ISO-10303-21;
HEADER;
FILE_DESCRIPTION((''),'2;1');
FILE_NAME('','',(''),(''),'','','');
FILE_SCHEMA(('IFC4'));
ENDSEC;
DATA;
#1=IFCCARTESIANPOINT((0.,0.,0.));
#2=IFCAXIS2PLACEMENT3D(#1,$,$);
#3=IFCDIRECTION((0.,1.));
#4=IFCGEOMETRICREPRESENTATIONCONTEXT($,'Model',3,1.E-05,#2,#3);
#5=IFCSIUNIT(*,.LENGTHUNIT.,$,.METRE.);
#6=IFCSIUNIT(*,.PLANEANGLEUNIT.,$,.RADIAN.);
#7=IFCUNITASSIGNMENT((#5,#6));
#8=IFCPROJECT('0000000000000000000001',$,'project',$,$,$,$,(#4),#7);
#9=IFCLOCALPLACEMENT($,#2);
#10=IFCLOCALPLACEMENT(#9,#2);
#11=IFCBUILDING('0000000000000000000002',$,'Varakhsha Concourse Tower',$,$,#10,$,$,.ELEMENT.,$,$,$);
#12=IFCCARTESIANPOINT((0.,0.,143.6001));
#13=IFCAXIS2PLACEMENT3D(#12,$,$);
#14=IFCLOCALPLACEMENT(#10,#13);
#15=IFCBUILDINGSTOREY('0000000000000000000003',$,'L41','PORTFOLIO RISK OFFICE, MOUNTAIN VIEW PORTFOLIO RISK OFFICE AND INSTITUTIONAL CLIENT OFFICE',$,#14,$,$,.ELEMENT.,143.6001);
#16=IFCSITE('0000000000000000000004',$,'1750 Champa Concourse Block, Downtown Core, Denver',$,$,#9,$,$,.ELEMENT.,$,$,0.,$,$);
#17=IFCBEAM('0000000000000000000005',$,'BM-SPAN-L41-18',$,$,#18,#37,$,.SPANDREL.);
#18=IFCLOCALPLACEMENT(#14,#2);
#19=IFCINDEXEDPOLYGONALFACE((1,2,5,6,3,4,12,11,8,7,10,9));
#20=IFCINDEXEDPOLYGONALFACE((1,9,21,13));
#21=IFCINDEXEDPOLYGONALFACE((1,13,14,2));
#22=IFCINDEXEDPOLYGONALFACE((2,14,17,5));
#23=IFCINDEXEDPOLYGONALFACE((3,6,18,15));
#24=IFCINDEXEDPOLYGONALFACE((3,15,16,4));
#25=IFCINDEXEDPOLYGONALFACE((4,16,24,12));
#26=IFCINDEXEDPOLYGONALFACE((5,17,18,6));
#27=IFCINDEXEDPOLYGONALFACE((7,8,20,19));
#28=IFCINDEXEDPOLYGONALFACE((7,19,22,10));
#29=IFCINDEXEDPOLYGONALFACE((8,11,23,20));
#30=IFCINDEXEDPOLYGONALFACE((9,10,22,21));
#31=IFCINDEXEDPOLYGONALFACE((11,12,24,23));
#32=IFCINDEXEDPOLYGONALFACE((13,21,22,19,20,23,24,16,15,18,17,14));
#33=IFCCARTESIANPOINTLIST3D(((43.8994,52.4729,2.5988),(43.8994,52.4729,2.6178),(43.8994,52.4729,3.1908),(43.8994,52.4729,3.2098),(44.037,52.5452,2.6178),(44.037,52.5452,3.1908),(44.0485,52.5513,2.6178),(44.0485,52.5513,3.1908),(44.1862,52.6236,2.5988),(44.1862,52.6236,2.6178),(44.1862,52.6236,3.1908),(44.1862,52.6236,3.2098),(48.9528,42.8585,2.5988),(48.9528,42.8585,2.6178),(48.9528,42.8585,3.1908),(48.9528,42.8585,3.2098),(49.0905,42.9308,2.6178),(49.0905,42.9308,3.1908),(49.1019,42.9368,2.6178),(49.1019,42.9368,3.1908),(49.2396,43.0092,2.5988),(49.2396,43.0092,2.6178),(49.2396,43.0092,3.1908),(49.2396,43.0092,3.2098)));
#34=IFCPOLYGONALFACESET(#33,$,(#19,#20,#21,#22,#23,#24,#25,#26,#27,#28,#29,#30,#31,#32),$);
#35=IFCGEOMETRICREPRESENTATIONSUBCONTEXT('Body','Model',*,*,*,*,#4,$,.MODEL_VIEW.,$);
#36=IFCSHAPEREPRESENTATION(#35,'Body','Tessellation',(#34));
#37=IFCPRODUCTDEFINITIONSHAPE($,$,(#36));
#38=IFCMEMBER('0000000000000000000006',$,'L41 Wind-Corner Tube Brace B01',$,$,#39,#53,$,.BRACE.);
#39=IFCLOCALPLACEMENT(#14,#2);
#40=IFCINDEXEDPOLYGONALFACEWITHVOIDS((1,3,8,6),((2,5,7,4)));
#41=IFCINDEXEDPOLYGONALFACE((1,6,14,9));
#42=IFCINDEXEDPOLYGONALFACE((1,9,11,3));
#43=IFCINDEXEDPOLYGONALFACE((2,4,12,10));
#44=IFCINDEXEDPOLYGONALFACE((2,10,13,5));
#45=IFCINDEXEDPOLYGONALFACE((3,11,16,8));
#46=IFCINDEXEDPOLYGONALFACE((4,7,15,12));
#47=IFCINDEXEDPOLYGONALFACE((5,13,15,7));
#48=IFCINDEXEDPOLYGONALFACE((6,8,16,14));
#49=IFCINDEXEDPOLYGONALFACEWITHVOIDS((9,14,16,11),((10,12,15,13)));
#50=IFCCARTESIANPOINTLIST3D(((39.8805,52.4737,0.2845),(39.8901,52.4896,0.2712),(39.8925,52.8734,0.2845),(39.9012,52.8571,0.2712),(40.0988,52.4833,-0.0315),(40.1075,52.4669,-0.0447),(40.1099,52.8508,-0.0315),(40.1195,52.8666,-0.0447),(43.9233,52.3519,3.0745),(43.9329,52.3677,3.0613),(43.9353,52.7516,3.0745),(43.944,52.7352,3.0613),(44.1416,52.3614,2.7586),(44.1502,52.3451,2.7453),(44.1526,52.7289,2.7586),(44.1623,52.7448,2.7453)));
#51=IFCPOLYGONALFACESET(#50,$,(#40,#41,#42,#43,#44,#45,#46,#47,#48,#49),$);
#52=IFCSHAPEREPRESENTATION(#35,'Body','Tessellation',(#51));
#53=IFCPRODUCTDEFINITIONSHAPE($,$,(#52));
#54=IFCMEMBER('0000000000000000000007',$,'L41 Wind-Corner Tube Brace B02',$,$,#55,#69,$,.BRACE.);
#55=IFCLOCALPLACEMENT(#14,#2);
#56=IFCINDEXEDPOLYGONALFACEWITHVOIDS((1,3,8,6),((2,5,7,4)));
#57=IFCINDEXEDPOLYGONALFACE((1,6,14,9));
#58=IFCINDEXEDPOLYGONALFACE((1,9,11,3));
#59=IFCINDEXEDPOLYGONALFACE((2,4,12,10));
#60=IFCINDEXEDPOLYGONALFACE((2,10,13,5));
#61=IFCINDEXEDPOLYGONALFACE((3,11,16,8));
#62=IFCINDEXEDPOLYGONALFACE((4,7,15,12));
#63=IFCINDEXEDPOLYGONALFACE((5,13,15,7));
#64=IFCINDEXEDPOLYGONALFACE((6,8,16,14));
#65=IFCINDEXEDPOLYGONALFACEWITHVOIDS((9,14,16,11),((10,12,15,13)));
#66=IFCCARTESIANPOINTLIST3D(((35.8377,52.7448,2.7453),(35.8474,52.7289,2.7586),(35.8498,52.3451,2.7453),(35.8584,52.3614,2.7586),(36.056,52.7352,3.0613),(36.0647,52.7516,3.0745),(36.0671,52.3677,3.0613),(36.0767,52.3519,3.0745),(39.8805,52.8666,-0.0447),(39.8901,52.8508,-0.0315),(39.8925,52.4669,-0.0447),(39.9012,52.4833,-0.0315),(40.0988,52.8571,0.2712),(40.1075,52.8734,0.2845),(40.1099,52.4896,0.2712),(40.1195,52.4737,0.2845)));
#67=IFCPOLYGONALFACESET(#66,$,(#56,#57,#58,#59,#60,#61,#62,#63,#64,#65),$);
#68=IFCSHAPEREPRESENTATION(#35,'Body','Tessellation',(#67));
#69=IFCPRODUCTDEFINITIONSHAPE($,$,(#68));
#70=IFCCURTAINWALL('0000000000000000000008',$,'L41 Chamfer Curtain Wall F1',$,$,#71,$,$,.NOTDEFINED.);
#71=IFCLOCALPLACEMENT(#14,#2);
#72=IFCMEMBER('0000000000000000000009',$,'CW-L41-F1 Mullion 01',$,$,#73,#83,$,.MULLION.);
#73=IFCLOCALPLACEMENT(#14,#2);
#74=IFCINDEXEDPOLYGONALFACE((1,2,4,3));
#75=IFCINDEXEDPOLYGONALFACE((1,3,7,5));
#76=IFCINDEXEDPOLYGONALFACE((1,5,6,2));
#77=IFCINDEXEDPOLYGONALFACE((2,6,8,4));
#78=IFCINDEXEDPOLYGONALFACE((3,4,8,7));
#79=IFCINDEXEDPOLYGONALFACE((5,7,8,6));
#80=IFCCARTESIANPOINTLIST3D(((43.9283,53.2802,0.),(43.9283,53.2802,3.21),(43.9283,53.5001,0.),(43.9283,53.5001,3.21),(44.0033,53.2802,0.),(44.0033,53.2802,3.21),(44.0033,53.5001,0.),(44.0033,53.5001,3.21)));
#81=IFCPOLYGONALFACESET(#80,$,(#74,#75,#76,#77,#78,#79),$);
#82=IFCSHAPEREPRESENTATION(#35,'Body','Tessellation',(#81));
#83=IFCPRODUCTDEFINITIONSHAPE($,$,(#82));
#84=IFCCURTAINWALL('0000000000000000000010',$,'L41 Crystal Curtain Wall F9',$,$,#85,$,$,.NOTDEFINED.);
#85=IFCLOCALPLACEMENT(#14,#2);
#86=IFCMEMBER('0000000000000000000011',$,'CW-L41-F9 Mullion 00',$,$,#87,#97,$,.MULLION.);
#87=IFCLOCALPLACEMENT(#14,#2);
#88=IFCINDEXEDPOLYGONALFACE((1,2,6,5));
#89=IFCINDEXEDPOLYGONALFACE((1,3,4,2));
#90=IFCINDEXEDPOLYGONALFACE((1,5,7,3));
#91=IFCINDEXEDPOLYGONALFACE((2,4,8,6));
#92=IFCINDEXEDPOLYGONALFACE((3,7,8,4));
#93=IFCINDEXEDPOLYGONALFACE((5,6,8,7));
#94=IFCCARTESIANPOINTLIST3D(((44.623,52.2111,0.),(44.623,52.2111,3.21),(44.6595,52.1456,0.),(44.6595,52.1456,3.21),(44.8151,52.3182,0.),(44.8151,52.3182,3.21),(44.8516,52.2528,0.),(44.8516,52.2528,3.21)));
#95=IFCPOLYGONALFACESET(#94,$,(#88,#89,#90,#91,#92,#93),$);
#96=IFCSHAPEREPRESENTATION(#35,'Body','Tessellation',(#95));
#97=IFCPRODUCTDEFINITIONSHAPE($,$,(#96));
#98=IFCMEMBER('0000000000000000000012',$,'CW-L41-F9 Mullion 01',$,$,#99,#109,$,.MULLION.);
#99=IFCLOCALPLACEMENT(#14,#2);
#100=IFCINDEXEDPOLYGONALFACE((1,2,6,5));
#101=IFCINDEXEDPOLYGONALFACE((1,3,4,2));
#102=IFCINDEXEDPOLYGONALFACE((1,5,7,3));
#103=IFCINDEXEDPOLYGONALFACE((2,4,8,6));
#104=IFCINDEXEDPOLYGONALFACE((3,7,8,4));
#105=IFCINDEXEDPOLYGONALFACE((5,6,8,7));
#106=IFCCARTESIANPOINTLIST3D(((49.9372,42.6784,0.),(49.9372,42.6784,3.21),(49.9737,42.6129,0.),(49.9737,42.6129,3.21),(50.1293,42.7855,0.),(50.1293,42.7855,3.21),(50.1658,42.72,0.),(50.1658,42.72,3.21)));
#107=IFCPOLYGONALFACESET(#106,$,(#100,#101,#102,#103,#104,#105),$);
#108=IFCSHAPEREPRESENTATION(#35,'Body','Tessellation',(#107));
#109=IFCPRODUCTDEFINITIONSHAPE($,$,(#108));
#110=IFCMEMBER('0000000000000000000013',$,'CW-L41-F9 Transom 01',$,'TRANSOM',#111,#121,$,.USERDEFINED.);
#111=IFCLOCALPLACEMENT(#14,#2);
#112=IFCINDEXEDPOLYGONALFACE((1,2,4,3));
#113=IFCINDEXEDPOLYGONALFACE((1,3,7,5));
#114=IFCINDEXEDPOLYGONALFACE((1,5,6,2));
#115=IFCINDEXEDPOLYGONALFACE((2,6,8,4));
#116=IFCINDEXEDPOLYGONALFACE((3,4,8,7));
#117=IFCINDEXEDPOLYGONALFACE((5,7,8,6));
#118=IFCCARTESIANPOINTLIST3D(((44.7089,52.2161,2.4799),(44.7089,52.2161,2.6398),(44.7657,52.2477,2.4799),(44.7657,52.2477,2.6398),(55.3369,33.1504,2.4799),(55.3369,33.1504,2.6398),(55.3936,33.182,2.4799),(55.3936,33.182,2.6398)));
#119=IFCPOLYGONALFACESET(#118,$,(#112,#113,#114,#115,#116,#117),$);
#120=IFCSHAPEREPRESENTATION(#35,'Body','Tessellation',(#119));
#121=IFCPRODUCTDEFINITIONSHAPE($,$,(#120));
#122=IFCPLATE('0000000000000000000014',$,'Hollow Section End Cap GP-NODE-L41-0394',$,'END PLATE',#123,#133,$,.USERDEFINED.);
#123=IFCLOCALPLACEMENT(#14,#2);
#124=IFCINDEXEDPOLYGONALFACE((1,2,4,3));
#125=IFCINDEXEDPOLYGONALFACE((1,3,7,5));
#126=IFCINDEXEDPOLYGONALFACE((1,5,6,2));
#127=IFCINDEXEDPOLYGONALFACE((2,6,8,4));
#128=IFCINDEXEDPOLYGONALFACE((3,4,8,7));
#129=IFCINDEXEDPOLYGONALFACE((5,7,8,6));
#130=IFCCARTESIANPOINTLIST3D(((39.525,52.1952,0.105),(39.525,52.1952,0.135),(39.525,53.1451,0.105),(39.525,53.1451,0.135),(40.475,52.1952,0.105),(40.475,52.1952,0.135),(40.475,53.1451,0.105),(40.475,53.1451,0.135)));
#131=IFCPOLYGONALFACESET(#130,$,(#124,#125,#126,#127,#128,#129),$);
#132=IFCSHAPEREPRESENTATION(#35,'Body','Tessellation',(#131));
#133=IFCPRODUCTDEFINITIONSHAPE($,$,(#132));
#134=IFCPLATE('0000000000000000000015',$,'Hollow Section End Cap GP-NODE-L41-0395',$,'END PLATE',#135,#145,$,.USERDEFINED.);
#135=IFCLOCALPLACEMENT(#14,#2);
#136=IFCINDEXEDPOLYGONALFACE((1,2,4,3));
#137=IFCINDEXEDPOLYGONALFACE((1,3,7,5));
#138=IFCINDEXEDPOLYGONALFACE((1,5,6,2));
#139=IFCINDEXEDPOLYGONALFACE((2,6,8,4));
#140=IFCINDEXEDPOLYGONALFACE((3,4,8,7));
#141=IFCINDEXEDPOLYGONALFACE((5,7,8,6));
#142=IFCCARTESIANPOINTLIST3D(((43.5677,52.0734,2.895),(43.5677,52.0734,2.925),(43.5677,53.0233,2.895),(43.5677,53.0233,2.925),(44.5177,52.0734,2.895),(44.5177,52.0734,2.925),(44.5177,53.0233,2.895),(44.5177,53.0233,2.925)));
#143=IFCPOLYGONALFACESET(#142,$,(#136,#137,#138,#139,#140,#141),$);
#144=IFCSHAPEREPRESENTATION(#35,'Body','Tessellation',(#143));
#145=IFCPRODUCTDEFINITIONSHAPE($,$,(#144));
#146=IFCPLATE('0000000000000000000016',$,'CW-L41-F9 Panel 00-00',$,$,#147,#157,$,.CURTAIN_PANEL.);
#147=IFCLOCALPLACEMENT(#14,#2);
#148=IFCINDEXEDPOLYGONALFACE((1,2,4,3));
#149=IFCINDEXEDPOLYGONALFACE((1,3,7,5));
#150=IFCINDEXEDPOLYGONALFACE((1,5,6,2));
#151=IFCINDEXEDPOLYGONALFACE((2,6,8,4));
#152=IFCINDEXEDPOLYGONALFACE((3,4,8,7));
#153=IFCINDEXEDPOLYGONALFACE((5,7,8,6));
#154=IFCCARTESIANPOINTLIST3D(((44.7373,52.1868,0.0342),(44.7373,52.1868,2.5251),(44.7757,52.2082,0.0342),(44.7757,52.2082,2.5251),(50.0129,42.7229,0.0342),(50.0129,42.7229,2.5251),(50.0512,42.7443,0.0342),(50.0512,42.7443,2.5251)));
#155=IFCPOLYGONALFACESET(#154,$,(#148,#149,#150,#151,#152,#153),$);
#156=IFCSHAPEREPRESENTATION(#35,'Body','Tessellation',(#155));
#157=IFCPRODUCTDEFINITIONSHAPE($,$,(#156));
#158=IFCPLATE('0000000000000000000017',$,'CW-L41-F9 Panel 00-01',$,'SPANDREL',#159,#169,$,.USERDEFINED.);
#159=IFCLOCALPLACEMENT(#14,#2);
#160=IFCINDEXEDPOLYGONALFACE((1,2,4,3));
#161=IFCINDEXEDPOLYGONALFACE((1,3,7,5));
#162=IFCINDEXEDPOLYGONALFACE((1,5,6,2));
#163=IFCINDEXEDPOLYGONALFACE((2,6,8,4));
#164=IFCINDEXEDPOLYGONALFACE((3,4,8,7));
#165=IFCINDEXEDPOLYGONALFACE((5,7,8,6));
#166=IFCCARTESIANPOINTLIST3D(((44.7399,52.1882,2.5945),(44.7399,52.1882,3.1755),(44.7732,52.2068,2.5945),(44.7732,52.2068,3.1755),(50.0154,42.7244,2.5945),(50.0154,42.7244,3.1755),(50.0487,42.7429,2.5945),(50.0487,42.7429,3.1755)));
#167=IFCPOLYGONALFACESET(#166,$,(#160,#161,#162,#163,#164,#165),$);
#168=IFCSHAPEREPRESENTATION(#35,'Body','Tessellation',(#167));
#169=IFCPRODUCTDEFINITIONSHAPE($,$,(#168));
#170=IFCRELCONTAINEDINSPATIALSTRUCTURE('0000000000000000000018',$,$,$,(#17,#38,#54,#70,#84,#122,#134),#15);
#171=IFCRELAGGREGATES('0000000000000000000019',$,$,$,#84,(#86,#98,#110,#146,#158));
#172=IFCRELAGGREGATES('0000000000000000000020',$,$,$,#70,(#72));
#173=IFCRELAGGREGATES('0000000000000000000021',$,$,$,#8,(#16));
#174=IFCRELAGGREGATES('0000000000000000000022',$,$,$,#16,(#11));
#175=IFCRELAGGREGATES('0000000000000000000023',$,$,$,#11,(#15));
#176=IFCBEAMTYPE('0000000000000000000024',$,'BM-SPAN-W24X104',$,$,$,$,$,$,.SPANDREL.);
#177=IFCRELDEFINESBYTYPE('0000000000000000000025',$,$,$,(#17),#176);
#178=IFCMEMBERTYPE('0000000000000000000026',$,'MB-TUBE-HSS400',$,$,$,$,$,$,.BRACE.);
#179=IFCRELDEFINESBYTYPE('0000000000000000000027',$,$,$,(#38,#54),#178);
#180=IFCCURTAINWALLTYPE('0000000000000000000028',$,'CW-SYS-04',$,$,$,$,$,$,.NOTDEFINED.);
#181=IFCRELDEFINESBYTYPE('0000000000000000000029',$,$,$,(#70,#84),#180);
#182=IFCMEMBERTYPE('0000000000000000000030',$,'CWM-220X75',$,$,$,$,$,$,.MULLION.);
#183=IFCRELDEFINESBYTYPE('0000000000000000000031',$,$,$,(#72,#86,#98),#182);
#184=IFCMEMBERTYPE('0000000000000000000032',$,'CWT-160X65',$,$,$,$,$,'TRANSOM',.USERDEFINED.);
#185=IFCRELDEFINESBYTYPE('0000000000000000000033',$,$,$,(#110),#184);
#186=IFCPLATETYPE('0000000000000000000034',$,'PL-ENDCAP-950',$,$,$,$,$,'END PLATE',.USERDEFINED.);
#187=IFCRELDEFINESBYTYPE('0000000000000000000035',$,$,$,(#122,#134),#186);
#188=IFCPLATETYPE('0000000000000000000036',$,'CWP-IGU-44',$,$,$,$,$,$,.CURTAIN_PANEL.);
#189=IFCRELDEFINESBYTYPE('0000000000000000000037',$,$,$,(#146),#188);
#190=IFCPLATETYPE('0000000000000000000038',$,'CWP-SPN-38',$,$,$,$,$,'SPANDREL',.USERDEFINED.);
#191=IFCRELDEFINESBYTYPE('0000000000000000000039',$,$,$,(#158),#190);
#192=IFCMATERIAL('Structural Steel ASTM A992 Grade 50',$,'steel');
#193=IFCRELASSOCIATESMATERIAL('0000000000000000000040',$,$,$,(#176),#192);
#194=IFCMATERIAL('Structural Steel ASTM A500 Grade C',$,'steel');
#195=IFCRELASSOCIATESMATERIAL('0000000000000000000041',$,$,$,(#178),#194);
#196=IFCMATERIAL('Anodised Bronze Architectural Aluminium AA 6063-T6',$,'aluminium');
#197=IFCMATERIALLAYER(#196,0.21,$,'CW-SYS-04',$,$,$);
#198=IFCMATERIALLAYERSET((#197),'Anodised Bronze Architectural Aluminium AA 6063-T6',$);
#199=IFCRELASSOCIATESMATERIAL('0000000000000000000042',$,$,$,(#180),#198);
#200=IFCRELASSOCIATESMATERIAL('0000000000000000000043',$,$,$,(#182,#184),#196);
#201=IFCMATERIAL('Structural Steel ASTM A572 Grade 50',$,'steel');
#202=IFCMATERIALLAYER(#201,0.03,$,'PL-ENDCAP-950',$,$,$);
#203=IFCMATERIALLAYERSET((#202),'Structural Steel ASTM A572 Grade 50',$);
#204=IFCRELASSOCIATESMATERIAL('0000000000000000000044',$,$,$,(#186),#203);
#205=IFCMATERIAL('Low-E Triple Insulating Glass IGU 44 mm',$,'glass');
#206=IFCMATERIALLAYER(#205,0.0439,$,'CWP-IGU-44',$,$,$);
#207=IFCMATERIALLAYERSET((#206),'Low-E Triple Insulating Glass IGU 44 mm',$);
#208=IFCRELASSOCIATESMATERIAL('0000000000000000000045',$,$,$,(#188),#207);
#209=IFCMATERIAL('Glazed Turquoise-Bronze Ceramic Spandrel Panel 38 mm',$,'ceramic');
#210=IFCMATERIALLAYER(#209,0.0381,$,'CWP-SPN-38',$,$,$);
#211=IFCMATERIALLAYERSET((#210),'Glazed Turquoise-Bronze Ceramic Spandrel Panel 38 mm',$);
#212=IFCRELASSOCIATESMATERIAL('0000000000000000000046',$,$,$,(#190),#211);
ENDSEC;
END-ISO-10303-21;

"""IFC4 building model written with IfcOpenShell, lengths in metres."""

from ifc_helpers import new_model, si_unit, direction, frame, origin, origin_2d, place, context, subcontext, project, spatial, rectangle, hollow_rectangle, i_section, extrude, source, transform, mapped, material, layer, layer_set, material_profile, profile_set, type_object, type_shapes, element, aggregate, save


model = new_model("IFC4")

# Units and contexts
model_context = context("Model", 3, precision=1e-05, world=origin(), true_north=direction((0.0, 1.0)))
body_context = subcontext(model_context, "Body", "Model", "MODEL_VIEW")
ifc_project = project(units=[si_unit("LENGTHUNIT", "METRE"), si_unit("PLANEANGLEUNIT", "RADIAN")], contexts=[model_context])

# Site, building, storey
site_placement = place(None, origin())
site = spatial("IfcSite", under=ifc_project, at=site_placement, Name="1750 Champa Concourse Block, Downtown Core, Denver", CompositionType="ELEMENT", RefElevation=0.0)
building_placement = place(site_placement, origin())
building = spatial("IfcBuilding", under=site, at=building_placement, Name="Varakhsha Concourse Tower", CompositionType="ELEMENT")
storey_placement = place(building_placement, frame((0.0, 0.0, 143.6001)))
storey = spatial("IfcBuildingStorey", under=building, at=storey_placement, Name="L41", Description="PORTFOLIO RISK OFFICE, MOUNTAIN VIEW PORTFOLIO RISK OFFICE AND INSTITUTIONAL CLIENT OFFICE", CompositionType="ELEMENT", Elevation=143.6001)

# Shared definitions
ifc_material_1 = material(Name="Structural Steel ASTM A992 Grade 50", Category="steel")
ifc_material_2 = material(Name="Structural Steel ASTM A572 Grade 50", Category="steel")

# Beam
ifc_material_profile_1 = material_profile(ifc_material_1, i_section(OverallWidth=0.324, OverallDepth=0.6111, WebThickness=0.0129, FlangeThickness=0.019, at=origin_2d()), Name="W24X104")
ifc_profile_set_1 = profile_set([ifc_material_profile_1], Name="Structural Steel ASTM A992 Grade 50")
beam_type_1 = type_object("IfcBeamType", Name="BM-SPAN-W24X104", PredefinedType="SPANDREL", material=ifc_profile_set_1)
beam_1_placement = place(storey_placement, frame((49.0962, 42.9338, 2.9043), z_axis=(-0.465256, 0.885176, 0.0), x_axis=(-0.885176, -0.465256, 0.0)))
element("IfcBeam", 1, at=beam_1_placement, inside=storey, type_object=beam_type_1, Name="BM-SPAN-L41-18", PredefinedType="SPANDREL", context=body_context, shape_type="SweptSolid", body=[
    extrude(i_section(OverallWidth=0.324, OverallDepth=0.6111, WebThickness=0.0129, FlangeThickness=0.019, at=origin_2d()), origin(), (0.0, 0.0, 1.0), 10.8616),
])

# Members
ifc_material_3 = material(Name="Structural Steel ASTM A500 Grade C", Category="steel")
ifc_material_profile_2 = material_profile(ifc_material_3, hollow_rectangle(XDim=0.3999, YDim=0.3999, WallThickness=0.0161, at=origin_2d()), Name="HSS 400x400x16")
ifc_profile_set_2 = profile_set([ifc_material_profile_2], Name="Structural Steel ASTM A500 Grade C")
member_type_1 = type_object("IfcMemberType", Name="MB-TUBE-HSS400", PredefinedType="BRACE", material=ifc_profile_set_2)
shared_shape_1 = source(origin(), body_context, "Body", "SweptSolid", [
    extrude(hollow_rectangle(XDim=0.3999, YDim=0.3999, WallThickness=0.0161, at=origin_2d()), origin(), (0.0, 0.0, 1.0), 4.9136),
])
type_shapes(member_type_1, [shared_shape_1])
for number, where, z_axis, x_axis, name in (
    (2, (40.0, 52.6702, 0.1199), (0.822774, -0.024794, 0.567828), (0.030121, 0.999546, 0.0), "L41 Wind-Corner Tube Brace B01"),
    (3, (40.0, 52.6702, 0.1199), (-0.822774, -0.024794, 0.567828), (0.030121, -0.999546, 0.0), "L41 Wind-Corner Tube Brace B02"),
):
    element("IfcMember", number, at=place(storey_placement, frame(where, z_axis=z_axis, x_axis=x_axis)), inside=storey, type_object=member_type_1, Name=name, PredefinedType="BRACE", context=body_context, shape_type="MappedRepresentation", body=[
        mapped(shared_shape_1, transform((0.0, 0.0, 0.0), scale=1.0)),
    ])

# Curtain wall, member
ifc_material_4 = material(Name="Anodised Bronze Architectural Aluminium AA 6063-T6", Category="aluminium")
ifc_layer_1 = layer(ifc_material_4, 0.21, Name="CW-SYS-04")
ifc_layer_set_1 = layer_set([ifc_layer_1], Name="Anodised Bronze Architectural Aluminium AA 6063-T6")
curtain_wall_type = type_object("IfcCurtainWallType", Name="CW-SYS-04", PredefinedType="NOTDEFINED", material=ifc_layer_set_1)
curtain_wall_1_placement = place(storey_placement, origin())
curtain_wall_1 = element("IfcCurtainWall", 4, at=curtain_wall_1_placement, inside=storey, type_object=curtain_wall_type, Name="L41 Chamfer Curtain Wall F1", PredefinedType="NOTDEFINED")
ifc_material_profile_3 = material_profile(ifc_material_4, rectangle(XDim=0.075, YDim=0.22, at=origin_2d()), Name="CWM-220X75")
ifc_profile_set_3 = profile_set([ifc_material_profile_3], Name="Anodised Bronze Architectural Aluminium AA 6063-T6")
member_type_2 = type_object("IfcMemberType", Name="CWM-220X75", PredefinedType="MULLION", material=ifc_profile_set_3)
shared_shape_2 = source(origin(), body_context, "Body", "SweptSolid", [
    extrude(rectangle(XDim=0.075, YDim=0.22, at=origin_2d()), origin(), (0.0, 0.0, 1.0), 3.21),
])
type_shapes(member_type_2, [shared_shape_2])
member_1_placement = place(storey_placement, frame((43.9658, 53.3901, 0.0), z_axis=(0.0, 0.0, 1.0), x_axis=(1.0, 0.0, 0.0)))
member_1 = element("IfcMember", 5, at=member_1_placement, type_object=member_type_2, Name="CW-L41-F1 Mullion 01", PredefinedType="MULLION", context=body_context, shape_type="MappedRepresentation", body=[
    mapped(shared_shape_2, transform((0.0, 0.0, 0.0), scale=1.0)),
])

# Curtain wall, members
curtain_wall_2_placement = place(storey_placement, origin())
curtain_wall_2 = element("IfcCurtainWall", 6, at=curtain_wall_2_placement, inside=storey, type_object=curtain_wall_type, Name="L41 Crystal Curtain Wall F9", PredefinedType="NOTDEFINED")
member_2_placement = place(storey_placement, frame((44.7373, 52.2319, 0.0), z_axis=(0.0, 0.0, 1.0), x_axis=(0.4869, -0.873458, 0.0)))
member_2 = element("IfcMember", 7, at=member_2_placement, type_object=member_type_2, Name="CW-L41-F9 Mullion 00", PredefinedType="MULLION", context=body_context, shape_type="MappedRepresentation", body=[
    mapped(shared_shape_2, transform((0.0, 0.0, 0.0), scale=1.0)),
])
member_3_placement = place(storey_placement, frame((50.0515, 42.6992, 0.0), z_axis=(0.0, 0.0, 1.0), x_axis=(0.4869, -0.873458, 0.0)))
member_3 = element("IfcMember", 8, at=member_3_placement, type_object=member_type_2, Name="CW-L41-F9 Mullion 01", PredefinedType="MULLION", context=body_context, shape_type="MappedRepresentation", body=[
    mapped(shared_shape_2, transform((0.0, 0.0, 0.0), scale=1.0)),
])
ifc_material_profile_4 = material_profile(ifc_material_4, rectangle(XDim=0.0649, YDim=0.1599, at=origin_2d()), Name="CWT-160X65")
ifc_profile_set_4 = profile_set([ifc_material_profile_4], Name="Anodised Bronze Architectural Aluminium AA 6063-T6")
member_type_3 = type_object("IfcMemberType", Name="CWT-160X65", ElementType="TRANSOM", PredefinedType="USERDEFINED", material=ifc_profile_set_4)
shared_shape_3 = source(origin(), body_context, "Body", "SweptSolid", [
    extrude(rectangle(XDim=0.0649, YDim=0.1599, at=origin_2d()), origin(), (0.0, 0.0, 1.0), 21.8279),
])
type_shapes(member_type_3, [shared_shape_3])
member_4_placement = place(storey_placement, frame((44.7373, 52.2319, 2.5598), z_axis=(0.486899, -0.873458, 0.0), x_axis=(0.873458, 0.486899, 0.0)))
member_4 = element("IfcMember", 9, at=member_4_placement, type_object=member_type_3, Name="CW-L41-F9 Transom 01", ObjectType="TRANSOM", PredefinedType="USERDEFINED", context=body_context, shape_type="MappedRepresentation", body=[
    mapped(shared_shape_3, transform((0.0, 0.0, 0.0), scale=1.0)),
])

# Plates
ifc_layer_2 = layer(ifc_material_2, 0.03, Name="PL-ENDCAP-950")
ifc_layer_set_2 = layer_set([ifc_layer_2], Name="Structural Steel ASTM A572 Grade 50")
plate_type_1 = type_object("IfcPlateType", Name="PL-ENDCAP-950", ElementType="END PLATE", PredefinedType="USERDEFINED", material=ifc_layer_set_2)
shared_shape_4 = source(origin(), body_context, "Body", "SweptSolid", [
    extrude(rectangle(XDim=0.95, YDim=0.95, at=origin_2d()), origin(), (0.0, 0.0, 1.0), 0.03),
])
type_shapes(plate_type_1, [shared_shape_4])
for number, where, z_axis, x_axis, name in (
    (10, (40.0, 52.6702, 0.105), (0.0, 0.0, 1.0), (1.0, 0.0, 0.0), "Hollow Section End Cap GP-NODE-L41-0394"),
    (11, (44.0427, 52.5483, 2.895), (0.0, 0.0, 1.0), (1.0, 0.0, 0.0), "Hollow Section End Cap GP-NODE-L41-0395"),
):
    element("IfcPlate", number, at=place(storey_placement, frame(where, z_axis=z_axis, x_axis=x_axis)), inside=storey, type_object=plate_type_1, Name=name, ObjectType="END PLATE", PredefinedType="USERDEFINED", context=body_context, shape_type="MappedRepresentation", body=[
        mapped(shared_shape_4, transform((0.0, 0.0, 0.0), scale=1.0)),
    ])

# Plates
ifc_material_5 = material(Name="Low-E Triple Insulating Glass IGU 44 mm", Category="glass")
ifc_layer_3 = layer(ifc_material_5, 0.0439, Name="CWP-IGU-44")
ifc_layer_set_3 = layer_set([ifc_layer_3], Name="Low-E Triple Insulating Glass IGU 44 mm")
plate_type_2 = type_object("IfcPlateType", Name="CWP-IGU-44", PredefinedType="CURTAIN_PANEL", material=ifc_layer_set_3)
shared_shape_5 = source(origin(), body_context, "Body", "SweptSolid", [
    extrude(rectangle(XDim=10.835, YDim=0.0439, at=origin_2d()), origin(), (0.0, 0.0, 1.0), 2.491),
])
type_shapes(plate_type_2, [shared_shape_5])
plate_1_placement = place(storey_placement, frame((47.3943, 47.4656, 0.0342), z_axis=(0.0, 0.0, 1.0), x_axis=(0.4869, -0.873458, 0.0)))
plate_1 = element("IfcPlate", 12, at=plate_1_placement, type_object=plate_type_2, Name="CW-L41-F9 Panel 00-00", PredefinedType="CURTAIN_PANEL", context=body_context, shape_type="MappedRepresentation", body=[
    mapped(shared_shape_5, transform((0.0, 0.0, 0.0), scale=1.0)),
])
ifc_material_6 = material(Name="Glazed Turquoise-Bronze Ceramic Spandrel Panel 38 mm", Category="ceramic")
ifc_layer_4 = layer(ifc_material_6, 0.0381, Name="CWP-SPN-38")
ifc_layer_set_4 = layer_set([ifc_layer_4], Name="Glazed Turquoise-Bronze Ceramic Spandrel Panel 38 mm")
plate_type_3 = type_object("IfcPlateType", Name="CWP-SPN-38", ElementType="SPANDREL", PredefinedType="USERDEFINED", material=ifc_layer_set_4)
shared_shape_6 = source(origin(), body_context, "Body", "SweptSolid", [
    extrude(rectangle(XDim=10.835, YDim=0.0381, at=origin_2d()), origin(), (0.0, 0.0, 1.0), 0.5811),
])
plate_2_placement = place(storey_placement, frame((47.3943, 47.4656, 2.5945), z_axis=(0.0, 0.0, 1.0), x_axis=(0.4869, -0.873458, 0.0)))
plate_2 = element("IfcPlate", 13, at=plate_2_placement, type_object=plate_type_3, Name="CW-L41-F9 Panel 00-01", ObjectType="SPANDREL", PredefinedType="USERDEFINED", context=body_context, shape_type="MappedRepresentation", body=[
    mapped(shared_shape_6, transform((0.0, 0.0, 0.0), scale=1.0)),
])
aggregate(curtain_wall_2, [member_2, member_3, member_4, plate_1, plate_2])
aggregate(curtain_wall_1, [member_1])

save(model, "model.ifc")
